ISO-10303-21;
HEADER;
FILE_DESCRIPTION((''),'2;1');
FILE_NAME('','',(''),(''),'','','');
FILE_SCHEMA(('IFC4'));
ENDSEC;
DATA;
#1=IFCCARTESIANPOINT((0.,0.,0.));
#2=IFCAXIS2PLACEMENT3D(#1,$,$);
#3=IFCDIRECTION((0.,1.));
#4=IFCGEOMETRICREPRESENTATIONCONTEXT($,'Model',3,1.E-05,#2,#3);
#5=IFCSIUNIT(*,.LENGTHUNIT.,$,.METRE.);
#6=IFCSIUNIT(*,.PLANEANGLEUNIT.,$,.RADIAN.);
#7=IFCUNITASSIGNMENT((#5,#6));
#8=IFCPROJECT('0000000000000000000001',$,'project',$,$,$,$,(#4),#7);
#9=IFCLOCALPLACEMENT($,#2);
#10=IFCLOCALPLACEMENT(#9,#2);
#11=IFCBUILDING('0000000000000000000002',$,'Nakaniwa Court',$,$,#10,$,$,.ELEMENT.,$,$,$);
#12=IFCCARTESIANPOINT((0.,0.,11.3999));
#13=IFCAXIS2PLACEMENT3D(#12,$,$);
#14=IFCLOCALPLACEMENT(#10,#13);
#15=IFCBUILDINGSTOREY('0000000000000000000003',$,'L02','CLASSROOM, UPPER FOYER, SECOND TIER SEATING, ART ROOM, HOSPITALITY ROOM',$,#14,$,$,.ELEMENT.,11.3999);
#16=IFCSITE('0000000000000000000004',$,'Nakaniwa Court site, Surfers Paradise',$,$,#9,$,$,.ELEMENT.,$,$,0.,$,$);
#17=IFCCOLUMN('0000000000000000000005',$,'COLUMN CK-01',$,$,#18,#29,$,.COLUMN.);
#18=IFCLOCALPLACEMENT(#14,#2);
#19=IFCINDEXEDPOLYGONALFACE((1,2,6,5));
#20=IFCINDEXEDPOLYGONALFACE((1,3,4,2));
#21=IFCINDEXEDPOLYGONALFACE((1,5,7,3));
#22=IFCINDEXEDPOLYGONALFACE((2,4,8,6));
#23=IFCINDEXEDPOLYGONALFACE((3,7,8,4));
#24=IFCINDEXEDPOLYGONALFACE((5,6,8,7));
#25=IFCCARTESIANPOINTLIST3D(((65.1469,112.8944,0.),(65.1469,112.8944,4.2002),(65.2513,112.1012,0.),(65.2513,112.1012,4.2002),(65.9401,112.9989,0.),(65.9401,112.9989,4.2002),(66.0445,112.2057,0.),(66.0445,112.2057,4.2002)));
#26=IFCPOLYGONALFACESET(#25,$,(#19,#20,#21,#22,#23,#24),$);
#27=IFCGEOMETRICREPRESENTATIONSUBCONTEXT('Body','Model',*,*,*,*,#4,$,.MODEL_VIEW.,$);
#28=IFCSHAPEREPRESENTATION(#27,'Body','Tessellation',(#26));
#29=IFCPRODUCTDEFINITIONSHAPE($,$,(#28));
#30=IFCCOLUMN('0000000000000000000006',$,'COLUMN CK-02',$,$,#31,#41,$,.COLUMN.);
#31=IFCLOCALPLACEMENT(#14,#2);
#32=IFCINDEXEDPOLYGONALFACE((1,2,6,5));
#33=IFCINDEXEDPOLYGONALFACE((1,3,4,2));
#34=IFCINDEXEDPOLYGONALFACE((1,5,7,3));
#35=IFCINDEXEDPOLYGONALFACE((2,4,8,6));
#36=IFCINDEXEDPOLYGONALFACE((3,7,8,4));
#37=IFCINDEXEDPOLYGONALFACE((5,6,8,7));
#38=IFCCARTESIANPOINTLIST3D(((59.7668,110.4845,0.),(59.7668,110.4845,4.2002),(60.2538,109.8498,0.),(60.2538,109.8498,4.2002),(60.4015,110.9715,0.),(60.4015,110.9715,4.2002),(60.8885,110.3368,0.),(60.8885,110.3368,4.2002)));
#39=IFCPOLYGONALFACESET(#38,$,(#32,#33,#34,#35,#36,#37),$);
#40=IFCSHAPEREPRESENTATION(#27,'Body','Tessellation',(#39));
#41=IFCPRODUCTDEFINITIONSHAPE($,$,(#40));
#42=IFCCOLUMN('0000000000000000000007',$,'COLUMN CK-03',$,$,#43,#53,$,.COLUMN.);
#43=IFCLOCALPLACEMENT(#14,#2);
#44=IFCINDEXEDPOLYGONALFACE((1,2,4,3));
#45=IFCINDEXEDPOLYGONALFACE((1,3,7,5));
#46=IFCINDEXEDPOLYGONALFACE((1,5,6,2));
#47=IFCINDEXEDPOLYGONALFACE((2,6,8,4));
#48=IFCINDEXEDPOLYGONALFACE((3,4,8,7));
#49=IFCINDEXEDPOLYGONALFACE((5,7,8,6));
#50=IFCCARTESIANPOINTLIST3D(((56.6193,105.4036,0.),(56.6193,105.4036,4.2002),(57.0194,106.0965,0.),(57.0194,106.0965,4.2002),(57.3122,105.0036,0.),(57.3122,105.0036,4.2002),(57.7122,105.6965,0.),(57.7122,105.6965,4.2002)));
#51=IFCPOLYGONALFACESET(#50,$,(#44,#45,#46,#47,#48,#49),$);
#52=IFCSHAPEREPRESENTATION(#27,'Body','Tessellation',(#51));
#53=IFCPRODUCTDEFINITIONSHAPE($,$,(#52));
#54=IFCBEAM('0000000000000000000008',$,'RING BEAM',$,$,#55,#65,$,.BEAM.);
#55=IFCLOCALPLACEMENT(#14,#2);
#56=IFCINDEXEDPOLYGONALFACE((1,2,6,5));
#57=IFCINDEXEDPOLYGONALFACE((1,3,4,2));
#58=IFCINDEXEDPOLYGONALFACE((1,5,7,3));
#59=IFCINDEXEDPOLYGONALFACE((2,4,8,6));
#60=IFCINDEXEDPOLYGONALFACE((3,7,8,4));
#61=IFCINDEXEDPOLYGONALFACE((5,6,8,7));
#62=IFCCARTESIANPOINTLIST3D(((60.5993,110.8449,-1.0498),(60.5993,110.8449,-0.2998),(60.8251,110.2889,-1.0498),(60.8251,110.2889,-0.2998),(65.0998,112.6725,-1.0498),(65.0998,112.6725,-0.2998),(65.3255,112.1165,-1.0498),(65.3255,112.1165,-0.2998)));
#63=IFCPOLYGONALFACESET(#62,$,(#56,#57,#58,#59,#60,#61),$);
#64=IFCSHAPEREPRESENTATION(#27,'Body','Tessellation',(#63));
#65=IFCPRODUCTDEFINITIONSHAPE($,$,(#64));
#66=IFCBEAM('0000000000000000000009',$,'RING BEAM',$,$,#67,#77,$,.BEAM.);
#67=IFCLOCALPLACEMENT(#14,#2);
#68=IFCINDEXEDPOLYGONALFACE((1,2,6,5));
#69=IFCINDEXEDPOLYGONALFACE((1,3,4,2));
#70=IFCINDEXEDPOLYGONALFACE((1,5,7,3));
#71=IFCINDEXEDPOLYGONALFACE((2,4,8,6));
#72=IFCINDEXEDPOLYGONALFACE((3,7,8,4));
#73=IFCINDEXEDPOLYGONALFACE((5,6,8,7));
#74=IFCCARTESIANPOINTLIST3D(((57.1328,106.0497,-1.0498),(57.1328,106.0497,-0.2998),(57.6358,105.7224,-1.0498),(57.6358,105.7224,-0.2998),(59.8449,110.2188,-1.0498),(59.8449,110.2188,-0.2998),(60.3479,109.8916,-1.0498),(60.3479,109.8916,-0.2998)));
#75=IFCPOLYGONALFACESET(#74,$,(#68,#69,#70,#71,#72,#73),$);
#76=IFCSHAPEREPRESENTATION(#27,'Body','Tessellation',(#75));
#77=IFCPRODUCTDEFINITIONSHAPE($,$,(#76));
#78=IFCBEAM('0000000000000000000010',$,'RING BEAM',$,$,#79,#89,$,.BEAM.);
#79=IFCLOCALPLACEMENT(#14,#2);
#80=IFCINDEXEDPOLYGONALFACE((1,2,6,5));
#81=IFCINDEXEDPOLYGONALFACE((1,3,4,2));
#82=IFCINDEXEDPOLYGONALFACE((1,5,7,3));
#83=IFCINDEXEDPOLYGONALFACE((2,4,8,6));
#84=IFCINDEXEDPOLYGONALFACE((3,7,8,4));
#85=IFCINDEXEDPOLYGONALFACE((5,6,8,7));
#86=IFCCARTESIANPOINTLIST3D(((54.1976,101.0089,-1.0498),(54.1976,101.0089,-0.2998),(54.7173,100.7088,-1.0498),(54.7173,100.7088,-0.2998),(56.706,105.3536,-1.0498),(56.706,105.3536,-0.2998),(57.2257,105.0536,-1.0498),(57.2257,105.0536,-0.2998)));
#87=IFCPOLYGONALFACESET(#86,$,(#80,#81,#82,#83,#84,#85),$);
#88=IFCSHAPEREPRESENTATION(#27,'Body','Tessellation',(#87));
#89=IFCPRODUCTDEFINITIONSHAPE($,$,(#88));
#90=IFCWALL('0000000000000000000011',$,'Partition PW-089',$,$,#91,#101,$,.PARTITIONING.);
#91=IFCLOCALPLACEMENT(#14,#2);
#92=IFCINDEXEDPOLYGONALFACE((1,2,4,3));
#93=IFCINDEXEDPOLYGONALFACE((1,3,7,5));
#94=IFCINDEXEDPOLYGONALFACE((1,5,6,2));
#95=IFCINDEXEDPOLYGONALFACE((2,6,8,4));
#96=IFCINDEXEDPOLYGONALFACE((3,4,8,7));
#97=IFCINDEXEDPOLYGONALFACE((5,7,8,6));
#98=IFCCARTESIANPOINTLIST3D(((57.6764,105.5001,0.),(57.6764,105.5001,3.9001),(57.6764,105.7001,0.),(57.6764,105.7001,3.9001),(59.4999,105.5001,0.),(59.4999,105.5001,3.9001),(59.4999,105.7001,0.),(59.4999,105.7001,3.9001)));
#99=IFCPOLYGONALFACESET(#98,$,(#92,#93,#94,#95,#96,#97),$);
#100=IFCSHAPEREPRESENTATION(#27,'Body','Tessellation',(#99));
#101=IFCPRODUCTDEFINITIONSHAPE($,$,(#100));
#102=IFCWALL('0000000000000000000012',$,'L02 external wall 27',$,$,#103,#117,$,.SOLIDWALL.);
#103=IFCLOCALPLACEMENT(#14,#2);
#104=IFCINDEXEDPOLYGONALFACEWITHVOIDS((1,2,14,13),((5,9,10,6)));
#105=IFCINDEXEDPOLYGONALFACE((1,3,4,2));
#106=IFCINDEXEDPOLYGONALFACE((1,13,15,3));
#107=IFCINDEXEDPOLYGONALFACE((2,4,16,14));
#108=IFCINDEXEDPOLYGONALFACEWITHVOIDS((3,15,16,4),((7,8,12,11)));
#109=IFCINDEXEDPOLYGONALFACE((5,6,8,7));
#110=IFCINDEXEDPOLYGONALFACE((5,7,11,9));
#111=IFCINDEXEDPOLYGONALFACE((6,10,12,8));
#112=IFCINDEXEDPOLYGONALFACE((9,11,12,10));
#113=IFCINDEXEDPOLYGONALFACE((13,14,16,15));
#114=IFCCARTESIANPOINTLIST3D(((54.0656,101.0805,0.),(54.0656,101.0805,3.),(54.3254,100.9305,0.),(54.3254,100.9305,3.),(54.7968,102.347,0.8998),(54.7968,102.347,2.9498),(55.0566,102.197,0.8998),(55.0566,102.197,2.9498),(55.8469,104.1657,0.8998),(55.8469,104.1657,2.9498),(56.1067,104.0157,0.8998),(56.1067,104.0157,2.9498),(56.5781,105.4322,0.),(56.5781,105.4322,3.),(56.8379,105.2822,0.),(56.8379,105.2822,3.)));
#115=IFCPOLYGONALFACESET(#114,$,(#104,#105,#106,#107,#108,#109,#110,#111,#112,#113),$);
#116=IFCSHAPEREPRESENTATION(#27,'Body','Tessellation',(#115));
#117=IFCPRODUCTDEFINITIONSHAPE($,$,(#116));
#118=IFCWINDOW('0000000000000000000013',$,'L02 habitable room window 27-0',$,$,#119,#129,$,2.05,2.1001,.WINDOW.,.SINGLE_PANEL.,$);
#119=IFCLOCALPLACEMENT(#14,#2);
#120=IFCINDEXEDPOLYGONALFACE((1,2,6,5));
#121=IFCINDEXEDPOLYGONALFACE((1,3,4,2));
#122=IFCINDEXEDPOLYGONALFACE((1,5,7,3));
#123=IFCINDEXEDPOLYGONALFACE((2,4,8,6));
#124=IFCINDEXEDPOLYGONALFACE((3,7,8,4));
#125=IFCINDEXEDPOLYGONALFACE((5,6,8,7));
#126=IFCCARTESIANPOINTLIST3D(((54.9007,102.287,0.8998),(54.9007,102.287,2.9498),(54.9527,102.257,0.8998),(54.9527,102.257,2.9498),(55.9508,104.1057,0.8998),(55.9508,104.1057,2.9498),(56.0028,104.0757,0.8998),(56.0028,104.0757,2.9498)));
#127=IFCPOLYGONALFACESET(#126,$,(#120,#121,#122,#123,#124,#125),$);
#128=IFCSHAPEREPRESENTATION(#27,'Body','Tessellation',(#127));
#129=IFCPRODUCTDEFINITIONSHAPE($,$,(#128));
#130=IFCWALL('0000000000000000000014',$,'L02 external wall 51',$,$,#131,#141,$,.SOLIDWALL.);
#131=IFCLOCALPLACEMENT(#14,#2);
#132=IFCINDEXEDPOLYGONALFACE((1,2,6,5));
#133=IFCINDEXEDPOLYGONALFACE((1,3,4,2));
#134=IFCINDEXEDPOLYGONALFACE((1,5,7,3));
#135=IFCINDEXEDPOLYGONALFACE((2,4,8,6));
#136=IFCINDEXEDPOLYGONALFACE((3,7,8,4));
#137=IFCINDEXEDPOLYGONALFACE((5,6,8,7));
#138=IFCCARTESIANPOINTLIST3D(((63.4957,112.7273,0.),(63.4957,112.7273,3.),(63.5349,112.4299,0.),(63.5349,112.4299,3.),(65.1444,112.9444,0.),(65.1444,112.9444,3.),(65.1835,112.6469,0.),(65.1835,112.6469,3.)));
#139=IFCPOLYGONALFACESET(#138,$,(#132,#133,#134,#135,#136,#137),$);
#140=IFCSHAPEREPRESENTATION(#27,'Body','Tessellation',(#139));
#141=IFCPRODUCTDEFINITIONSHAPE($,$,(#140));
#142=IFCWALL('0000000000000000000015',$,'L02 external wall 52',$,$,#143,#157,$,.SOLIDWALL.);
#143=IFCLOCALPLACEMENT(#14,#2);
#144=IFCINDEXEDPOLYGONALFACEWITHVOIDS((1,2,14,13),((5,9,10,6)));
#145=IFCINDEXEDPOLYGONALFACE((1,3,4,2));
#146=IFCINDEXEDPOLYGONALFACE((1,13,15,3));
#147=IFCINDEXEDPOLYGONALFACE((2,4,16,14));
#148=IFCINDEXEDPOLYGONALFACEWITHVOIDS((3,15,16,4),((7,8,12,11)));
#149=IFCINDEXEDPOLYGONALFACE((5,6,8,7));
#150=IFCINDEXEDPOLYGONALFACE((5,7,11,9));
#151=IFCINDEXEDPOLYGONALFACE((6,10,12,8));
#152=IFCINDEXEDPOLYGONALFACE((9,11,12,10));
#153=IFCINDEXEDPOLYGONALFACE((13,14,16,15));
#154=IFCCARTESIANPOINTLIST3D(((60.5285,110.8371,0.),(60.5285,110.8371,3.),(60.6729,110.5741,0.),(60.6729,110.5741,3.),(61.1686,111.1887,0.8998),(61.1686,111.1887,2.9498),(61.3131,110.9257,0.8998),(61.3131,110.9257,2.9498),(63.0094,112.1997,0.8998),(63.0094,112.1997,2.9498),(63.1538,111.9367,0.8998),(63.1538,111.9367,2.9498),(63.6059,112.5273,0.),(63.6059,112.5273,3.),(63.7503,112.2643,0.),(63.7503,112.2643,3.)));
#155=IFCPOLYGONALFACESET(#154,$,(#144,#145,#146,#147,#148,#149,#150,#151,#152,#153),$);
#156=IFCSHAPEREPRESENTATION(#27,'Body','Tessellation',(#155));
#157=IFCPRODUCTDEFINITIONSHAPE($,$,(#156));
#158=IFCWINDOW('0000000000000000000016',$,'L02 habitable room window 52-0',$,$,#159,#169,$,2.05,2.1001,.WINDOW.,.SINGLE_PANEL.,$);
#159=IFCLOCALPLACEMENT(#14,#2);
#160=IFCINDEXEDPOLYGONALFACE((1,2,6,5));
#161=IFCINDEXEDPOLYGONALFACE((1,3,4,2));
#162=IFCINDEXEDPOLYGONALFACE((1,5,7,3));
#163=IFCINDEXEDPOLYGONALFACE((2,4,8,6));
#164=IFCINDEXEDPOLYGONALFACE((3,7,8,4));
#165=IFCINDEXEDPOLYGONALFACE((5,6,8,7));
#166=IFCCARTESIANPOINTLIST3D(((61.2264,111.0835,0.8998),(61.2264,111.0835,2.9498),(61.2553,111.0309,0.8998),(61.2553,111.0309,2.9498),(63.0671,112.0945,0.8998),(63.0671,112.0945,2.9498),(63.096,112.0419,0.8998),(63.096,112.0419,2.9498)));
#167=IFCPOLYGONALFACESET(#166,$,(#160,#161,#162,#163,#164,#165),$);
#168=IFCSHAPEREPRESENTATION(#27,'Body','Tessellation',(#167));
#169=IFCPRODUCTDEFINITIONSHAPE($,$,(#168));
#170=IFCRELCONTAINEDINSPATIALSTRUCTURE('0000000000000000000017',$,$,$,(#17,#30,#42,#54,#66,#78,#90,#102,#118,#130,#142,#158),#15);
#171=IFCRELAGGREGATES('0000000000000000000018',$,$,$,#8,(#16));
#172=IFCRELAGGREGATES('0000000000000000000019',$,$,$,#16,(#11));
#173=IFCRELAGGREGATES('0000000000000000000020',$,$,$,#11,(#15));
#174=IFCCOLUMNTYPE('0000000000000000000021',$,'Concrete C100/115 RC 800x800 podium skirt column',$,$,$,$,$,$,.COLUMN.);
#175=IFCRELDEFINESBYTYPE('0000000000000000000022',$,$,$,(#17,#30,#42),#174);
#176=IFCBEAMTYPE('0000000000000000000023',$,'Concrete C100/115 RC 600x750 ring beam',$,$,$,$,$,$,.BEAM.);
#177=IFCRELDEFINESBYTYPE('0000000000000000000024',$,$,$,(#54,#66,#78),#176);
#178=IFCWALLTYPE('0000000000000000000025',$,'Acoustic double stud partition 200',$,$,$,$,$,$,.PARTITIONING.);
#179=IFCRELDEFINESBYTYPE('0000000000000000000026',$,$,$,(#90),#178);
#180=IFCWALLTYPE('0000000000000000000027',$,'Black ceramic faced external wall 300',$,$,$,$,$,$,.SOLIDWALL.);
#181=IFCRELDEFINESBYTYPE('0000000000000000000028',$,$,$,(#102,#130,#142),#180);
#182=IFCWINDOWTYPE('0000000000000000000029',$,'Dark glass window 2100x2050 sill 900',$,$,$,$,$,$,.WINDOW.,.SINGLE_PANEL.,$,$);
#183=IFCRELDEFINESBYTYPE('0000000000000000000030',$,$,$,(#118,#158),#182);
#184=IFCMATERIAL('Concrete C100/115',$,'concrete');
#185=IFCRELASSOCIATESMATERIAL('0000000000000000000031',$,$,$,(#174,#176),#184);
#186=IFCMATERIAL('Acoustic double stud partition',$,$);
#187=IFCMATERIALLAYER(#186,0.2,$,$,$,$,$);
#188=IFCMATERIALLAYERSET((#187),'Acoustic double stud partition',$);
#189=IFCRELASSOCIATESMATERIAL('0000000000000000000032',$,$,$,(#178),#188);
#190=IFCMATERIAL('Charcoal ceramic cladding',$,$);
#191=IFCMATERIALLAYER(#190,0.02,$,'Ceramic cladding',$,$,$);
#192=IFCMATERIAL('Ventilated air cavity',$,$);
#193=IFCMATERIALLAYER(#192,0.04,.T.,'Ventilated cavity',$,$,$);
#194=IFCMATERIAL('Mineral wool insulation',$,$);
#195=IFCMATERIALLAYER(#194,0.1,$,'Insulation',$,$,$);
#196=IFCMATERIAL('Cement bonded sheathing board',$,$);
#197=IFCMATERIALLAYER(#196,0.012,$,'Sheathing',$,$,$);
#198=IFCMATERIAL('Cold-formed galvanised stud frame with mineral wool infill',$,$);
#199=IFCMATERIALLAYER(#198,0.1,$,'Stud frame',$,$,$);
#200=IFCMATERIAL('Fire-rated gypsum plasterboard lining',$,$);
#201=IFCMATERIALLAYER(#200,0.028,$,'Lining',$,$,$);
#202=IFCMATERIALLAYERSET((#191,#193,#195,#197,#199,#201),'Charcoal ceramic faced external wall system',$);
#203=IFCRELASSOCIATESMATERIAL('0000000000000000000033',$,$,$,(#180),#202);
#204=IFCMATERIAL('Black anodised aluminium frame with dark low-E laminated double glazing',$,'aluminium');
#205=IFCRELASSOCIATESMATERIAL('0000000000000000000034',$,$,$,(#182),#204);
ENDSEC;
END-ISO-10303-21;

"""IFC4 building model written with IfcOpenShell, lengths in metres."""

from ifc_helpers import new_model, si_unit, direction, frame, frame_2d, origin, origin_2d, place, context, subcontext, project, spatial, rectangle, extrude, material, layer, layer_set, material_profile, profile_set, type_object, element, fill, save


model = new_model("IFC4")

# Units and contexts
model_context = context("Model", 3, precision=1e-05, world=origin(), true_north=direction((0.0, 1.0)))
body_context = subcontext(model_context, "Body", "Model", "MODEL_VIEW")
ifc_project = project(units=[si_unit("LENGTHUNIT", "METRE"), si_unit("PLANEANGLEUNIT", "RADIAN")], contexts=[model_context])

# Site, building, storey
site_placement = place(None, origin())
site = spatial("IfcSite", under=ifc_project, at=site_placement, Name="Nakaniwa Court site, Surfers Paradise", CompositionType="ELEMENT", RefElevation=0.0)
building_placement = place(site_placement, origin())
building = spatial("IfcBuilding", under=site, at=building_placement, Name="Nakaniwa Court", CompositionType="ELEMENT")
storey_placement = place(building_placement, frame((0.0, 0.0, 11.3999)))
storey = spatial("IfcBuildingStorey", under=building, at=storey_placement, Name="L02", Description="CLASSROOM, UPPER FOYER, SECOND TIER SEATING, ART ROOM, HOSPITALITY ROOM", CompositionType="ELEMENT", Elevation=11.3999)

# Columns
ifc_material_1 = material(Name="Concrete C100/115", Category="concrete")
ifc_material_profile_1 = material_profile(ifc_material_1, rectangle(XDim=0.8, YDim=0.8, at=origin_2d()), Name="Concrete C100/115 RC 800x800 podium skirt column")
ifc_profile_set_1 = profile_set([ifc_material_profile_1], Name="Concrete C100/115")
column_type = type_object("IfcColumnType", Name="Concrete C100/115 RC 800x800 podium skirt column", PredefinedType="COLUMN", material=ifc_profile_set_1)
for number, where, z_axis, x_axis, name in (
    (1, (65.5957, 112.55, 0.0), (0.0, 0.0, 1.0), (-0.991445, -0.130526, 0.0), "COLUMN CK-01"),
    (2, (60.3276, 110.4106, 0.0), (0.0, 0.0, 1.0), (-0.793353, -0.608761, 0.0), "COLUMN CK-02"),
    (3, (57.1658, 105.55, 0.0), (0.0, 0.0, 1.0), (-0.5, -0.866025, 0.0), "COLUMN CK-03"),
):
    element("IfcColumn", number, at=place(storey_placement, frame(where, z_axis=z_axis, x_axis=x_axis)), inside=storey, type_object=column_type, Name=name, PredefinedType="COLUMN", context=body_context, shape_type="SweptSolid", body=[
        extrude(rectangle(XDim=0.8, YDim=0.8, at=origin_2d()), origin(), (0.0, 0.0, 1.0), 4.2002),
    ])

# Beams
ifc_material_profile_2 = material_profile(ifc_material_1, rectangle(XDim=0.6001, YDim=0.75, at=origin_2d()), Name="Concrete C100/115 RC 600x750 ring beam")
ifc_profile_set_2 = profile_set([ifc_material_profile_2], Name="Concrete C100/115")
beam_type = type_object("IfcBeamType", Name="Concrete C100/115 RC 600x750 ring beam", PredefinedType="BEAM", material=ifc_profile_set_2)
beam_1_placement = place(storey_placement, frame((65.2126, 112.3945, -0.6748), z_axis=(-0.926516, -0.376256, 0.0), x_axis=(0.376256, -0.926516, 0.0)))
element("IfcBeam", 4, at=beam_1_placement, inside=storey, type_object=beam_type, Name="RING BEAM", PredefinedType="BEAM", context=body_context, shape_type="SweptSolid", body=[
    extrude(rectangle(XDim=0.6001, YDim=0.75, at=origin_2d()), origin(), (0.0, 0.0, 1.0), 4.8574),
])
beam_2_placement = place(storey_placement, frame((60.0964, 110.0552, -0.6748), z_axis=(-0.545297, -0.838243, 0.0), x_axis=(0.838243, -0.545297, 0.0)))
element("IfcBeam", 5, at=beam_2_placement, inside=storey, type_object=beam_type, Name="RING BEAM", PredefinedType="BEAM", context=body_context, shape_type="SweptSolid", body=[
    extrude(rectangle(XDim=0.6001, YDim=0.75, at=origin_2d()), origin(), (0.0, 0.0, 1.0), 4.9736),
])
beam_3_placement = place(storey_placement, frame((56.9658, 105.2036, -0.6748), z_axis=(-0.499981, -0.866036, 0.0), x_axis=(0.866036, -0.499981, 0.0)))
element("IfcBeam", 6, at=beam_3_placement, inside=storey, type_object=beam_type, Name="RING BEAM", PredefinedType="BEAM", context=body_context, shape_type="SweptSolid", body=[
    extrude(rectangle(XDim=0.6001, YDim=0.75, at=origin_2d()), origin(), (0.0, 0.0, 1.0), 5.0168),
])

# Wall
ifc_material_2 = material(Name="Acoustic double stud partition")
ifc_layer_1 = layer(ifc_material_2, 0.2)
ifc_layer_set_1 = layer_set([ifc_layer_1], Name="Acoustic double stud partition")
wall_type_1 = type_object("IfcWallType", Name="Acoustic double stud partition 200", PredefinedType="PARTITIONING", material=ifc_layer_set_1)
wall_1_placement = place(storey_placement, frame((57.6765, 105.6001, 0.0), z_axis=(0.0, 0.0, 1.0), x_axis=(1.0, 0.0, 0.0)))
element("IfcWall", 7, at=wall_1_placement, inside=storey, type_object=wall_type_1, Name="Partition PW-089", PredefinedType="PARTITIONING", context=body_context, shape_type="SweptSolid", body=[
    extrude(rectangle(XDim=1.8235, YDim=0.2, at=frame_2d((0.9116, 0.0))), origin(), (0.0, 0.0, 1.0), 3.9001),
])

# Wall, opening, window
ifc_material_3 = material(Name="Charcoal ceramic cladding")
ifc_layer_2 = layer(ifc_material_3, 0.02, Name="Ceramic cladding")
ifc_material_4 = material(Name="Ventilated air cavity")
ifc_layer_3 = layer(ifc_material_4, 0.04, ventilated=True, Name="Ventilated cavity")
ifc_material_5 = material(Name="Mineral wool insulation")
ifc_layer_4 = layer(ifc_material_5, 0.1, Name="Insulation")
ifc_material_6 = material(Name="Cement bonded sheathing board")
ifc_layer_5 = layer(ifc_material_6, 0.012, Name="Sheathing")
ifc_material_7 = material(Name="Cold-formed galvanised stud frame with mineral wool infill")
ifc_layer_6 = layer(ifc_material_7, 0.1, Name="Stud frame")
ifc_material_8 = material(Name="Fire-rated gypsum plasterboard lining")
ifc_layer_7 = layer(ifc_material_8, 0.028, Name="Lining")
ifc_layer_set_2 = layer_set([ifc_layer_2, ifc_layer_3, ifc_layer_4, ifc_layer_5, ifc_layer_6, ifc_layer_7], Name="Charcoal ceramic faced external wall system")
wall_type_2 = type_object("IfcWallType", Name="Black ceramic faced external wall 300", PredefinedType="SOLIDWALL", material=ifc_layer_set_2)
wall_2_placement = place(storey_placement, frame((56.708, 105.3572, 0.0), z_axis=(0.0, 0.0, 1.0), x_axis=(-0.500011, -0.866019, 0.0)))
wall_2 = element("IfcWall", 8, at=wall_2_placement, inside=storey, type_object=wall_type_2, Name="L02 external wall 27", PredefinedType="SOLIDWALL", context=body_context, shape_type="SweptSolid", body=[
    extrude(rectangle(XDim=5.0249, YDim=0.3, at=frame_2d((2.5125, 0.0))), origin(), (0.0, 0.0, 1.0), 3.0),
])
opening_1_placement = place(wall_2_placement, frame((1.4624, 0.0, 0.8999)))
opening_1 = element("IfcOpeningElement", 9, at=opening_1_placement, cuts=wall_2, PredefinedType="OPENING", context=body_context, shape_type="SweptSolid", body=[
    extrude(rectangle(XDim=2.1001, YDim=2.05, at=frame_2d((1.05, 1.0249))), frame((0.0, 0.1599, 0.0), z_axis=(0.0, -1.0, 0.0), x_axis=(1.0, 0.0, 0.0)), (0.0, 0.0, 1.0), 0.3201),
])
ifc_material_9 = material(Name="Black anodised aluminium frame with dark low-E laminated double glazing", Category="aluminium")
window_type = type_object("IfcWindowType", Name="Dark glass window 2100x2050 sill 900", PartitioningType="SINGLE_PANEL", PredefinedType="WINDOW", material=ifc_material_9)
window_1_placement = place(opening_1_placement, origin())
window_1 = element("IfcWindow", 10, at=window_1_placement, inside=storey, type_object=window_type, Name="L02 habitable room window 27-0", OverallHeight=2.05, OverallWidth=2.1001, PartitioningType="SINGLE_PANEL", PredefinedType="WINDOW", context=body_context, shape_type="SweptSolid", body=[
    extrude(rectangle(XDim=2.1001, YDim=2.05, at=frame_2d((1.05, 1.0249))), frame((0.0, 0.03, 0.0), z_axis=(0.0, -1.0, 0.0), x_axis=(1.0, 0.0, 0.0)), (0.0, 0.0, 1.0), 0.0601),
])
fill(opening_1, window_1)

# Wall
wall_3_placement = place(storey_placement, frame((65.1641, 112.7957, 0.0), z_axis=(0.0, 0.0, 1.0), x_axis=(-0.991446, -0.130519, 0.0)))
element("IfcWall", 11, at=wall_3_placement, inside=storey, type_object=wall_type_2, Name="L02 external wall 51", PredefinedType="SOLIDWALL", context=body_context, shape_type="SweptSolid", body=[
    extrude(rectangle(XDim=1.6628, YDim=0.3, at=frame_2d((0.8315, 0.0))), origin(), (0.0, 0.0, 1.0), 3.0),
])

# Wall, opening, window
wall_4_placement = place(storey_placement, frame((63.678, 112.3958, 0.0), z_axis=(0.0, 0.0, 1.0), x_axis=(-0.876502, -0.481398, 0.0)))
wall_4 = element("IfcWall", 12, at=wall_4_placement, inside=storey, type_object=wall_type_2, Name="L02 external wall 52", PredefinedType="SOLIDWALL", context=body_context, shape_type="SweptSolid", body=[
    extrude(rectangle(XDim=3.511, YDim=0.3, at=frame_2d((1.7554, 0.0))), origin(), (0.0, 0.0, 1.0), 3.0),
])
opening_2_placement = place(wall_4_placement, frame((0.6804, 0.0, 0.8999)))
opening_2 = element("IfcOpeningElement", 13, at=opening_2_placement, cuts=wall_4, PredefinedType="OPENING", context=body_context, shape_type="SweptSolid", body=[
    extrude(rectangle(XDim=2.1001, YDim=2.05, at=frame_2d((1.05, 1.0249))), frame((0.0, 0.1599, 0.0), z_axis=(0.0, -1.0, 0.0), x_axis=(1.0, 0.0, 0.0)), (0.0, 0.0, 1.0), 0.3201),
])
window_2_placement = place(opening_2_placement, origin())
window_2 = element("IfcWindow", 14, at=window_2_placement, inside=storey, type_object=window_type, Name="L02 habitable room window 52-0", OverallHeight=2.05, OverallWidth=2.1001, PartitioningType="SINGLE_PANEL", PredefinedType="WINDOW", context=body_context, shape_type="SweptSolid", body=[
    extrude(rectangle(XDim=2.1001, YDim=2.05, at=frame_2d((1.05, 1.0249))), frame((0.0, 0.03, 0.0), z_axis=(0.0, -1.0, 0.0), x_axis=(1.0, 0.0, 0.0)), (0.0, 0.0, 1.0), 0.0601),
])
fill(opening_2, window_2)

save(model, "model.ifc")
